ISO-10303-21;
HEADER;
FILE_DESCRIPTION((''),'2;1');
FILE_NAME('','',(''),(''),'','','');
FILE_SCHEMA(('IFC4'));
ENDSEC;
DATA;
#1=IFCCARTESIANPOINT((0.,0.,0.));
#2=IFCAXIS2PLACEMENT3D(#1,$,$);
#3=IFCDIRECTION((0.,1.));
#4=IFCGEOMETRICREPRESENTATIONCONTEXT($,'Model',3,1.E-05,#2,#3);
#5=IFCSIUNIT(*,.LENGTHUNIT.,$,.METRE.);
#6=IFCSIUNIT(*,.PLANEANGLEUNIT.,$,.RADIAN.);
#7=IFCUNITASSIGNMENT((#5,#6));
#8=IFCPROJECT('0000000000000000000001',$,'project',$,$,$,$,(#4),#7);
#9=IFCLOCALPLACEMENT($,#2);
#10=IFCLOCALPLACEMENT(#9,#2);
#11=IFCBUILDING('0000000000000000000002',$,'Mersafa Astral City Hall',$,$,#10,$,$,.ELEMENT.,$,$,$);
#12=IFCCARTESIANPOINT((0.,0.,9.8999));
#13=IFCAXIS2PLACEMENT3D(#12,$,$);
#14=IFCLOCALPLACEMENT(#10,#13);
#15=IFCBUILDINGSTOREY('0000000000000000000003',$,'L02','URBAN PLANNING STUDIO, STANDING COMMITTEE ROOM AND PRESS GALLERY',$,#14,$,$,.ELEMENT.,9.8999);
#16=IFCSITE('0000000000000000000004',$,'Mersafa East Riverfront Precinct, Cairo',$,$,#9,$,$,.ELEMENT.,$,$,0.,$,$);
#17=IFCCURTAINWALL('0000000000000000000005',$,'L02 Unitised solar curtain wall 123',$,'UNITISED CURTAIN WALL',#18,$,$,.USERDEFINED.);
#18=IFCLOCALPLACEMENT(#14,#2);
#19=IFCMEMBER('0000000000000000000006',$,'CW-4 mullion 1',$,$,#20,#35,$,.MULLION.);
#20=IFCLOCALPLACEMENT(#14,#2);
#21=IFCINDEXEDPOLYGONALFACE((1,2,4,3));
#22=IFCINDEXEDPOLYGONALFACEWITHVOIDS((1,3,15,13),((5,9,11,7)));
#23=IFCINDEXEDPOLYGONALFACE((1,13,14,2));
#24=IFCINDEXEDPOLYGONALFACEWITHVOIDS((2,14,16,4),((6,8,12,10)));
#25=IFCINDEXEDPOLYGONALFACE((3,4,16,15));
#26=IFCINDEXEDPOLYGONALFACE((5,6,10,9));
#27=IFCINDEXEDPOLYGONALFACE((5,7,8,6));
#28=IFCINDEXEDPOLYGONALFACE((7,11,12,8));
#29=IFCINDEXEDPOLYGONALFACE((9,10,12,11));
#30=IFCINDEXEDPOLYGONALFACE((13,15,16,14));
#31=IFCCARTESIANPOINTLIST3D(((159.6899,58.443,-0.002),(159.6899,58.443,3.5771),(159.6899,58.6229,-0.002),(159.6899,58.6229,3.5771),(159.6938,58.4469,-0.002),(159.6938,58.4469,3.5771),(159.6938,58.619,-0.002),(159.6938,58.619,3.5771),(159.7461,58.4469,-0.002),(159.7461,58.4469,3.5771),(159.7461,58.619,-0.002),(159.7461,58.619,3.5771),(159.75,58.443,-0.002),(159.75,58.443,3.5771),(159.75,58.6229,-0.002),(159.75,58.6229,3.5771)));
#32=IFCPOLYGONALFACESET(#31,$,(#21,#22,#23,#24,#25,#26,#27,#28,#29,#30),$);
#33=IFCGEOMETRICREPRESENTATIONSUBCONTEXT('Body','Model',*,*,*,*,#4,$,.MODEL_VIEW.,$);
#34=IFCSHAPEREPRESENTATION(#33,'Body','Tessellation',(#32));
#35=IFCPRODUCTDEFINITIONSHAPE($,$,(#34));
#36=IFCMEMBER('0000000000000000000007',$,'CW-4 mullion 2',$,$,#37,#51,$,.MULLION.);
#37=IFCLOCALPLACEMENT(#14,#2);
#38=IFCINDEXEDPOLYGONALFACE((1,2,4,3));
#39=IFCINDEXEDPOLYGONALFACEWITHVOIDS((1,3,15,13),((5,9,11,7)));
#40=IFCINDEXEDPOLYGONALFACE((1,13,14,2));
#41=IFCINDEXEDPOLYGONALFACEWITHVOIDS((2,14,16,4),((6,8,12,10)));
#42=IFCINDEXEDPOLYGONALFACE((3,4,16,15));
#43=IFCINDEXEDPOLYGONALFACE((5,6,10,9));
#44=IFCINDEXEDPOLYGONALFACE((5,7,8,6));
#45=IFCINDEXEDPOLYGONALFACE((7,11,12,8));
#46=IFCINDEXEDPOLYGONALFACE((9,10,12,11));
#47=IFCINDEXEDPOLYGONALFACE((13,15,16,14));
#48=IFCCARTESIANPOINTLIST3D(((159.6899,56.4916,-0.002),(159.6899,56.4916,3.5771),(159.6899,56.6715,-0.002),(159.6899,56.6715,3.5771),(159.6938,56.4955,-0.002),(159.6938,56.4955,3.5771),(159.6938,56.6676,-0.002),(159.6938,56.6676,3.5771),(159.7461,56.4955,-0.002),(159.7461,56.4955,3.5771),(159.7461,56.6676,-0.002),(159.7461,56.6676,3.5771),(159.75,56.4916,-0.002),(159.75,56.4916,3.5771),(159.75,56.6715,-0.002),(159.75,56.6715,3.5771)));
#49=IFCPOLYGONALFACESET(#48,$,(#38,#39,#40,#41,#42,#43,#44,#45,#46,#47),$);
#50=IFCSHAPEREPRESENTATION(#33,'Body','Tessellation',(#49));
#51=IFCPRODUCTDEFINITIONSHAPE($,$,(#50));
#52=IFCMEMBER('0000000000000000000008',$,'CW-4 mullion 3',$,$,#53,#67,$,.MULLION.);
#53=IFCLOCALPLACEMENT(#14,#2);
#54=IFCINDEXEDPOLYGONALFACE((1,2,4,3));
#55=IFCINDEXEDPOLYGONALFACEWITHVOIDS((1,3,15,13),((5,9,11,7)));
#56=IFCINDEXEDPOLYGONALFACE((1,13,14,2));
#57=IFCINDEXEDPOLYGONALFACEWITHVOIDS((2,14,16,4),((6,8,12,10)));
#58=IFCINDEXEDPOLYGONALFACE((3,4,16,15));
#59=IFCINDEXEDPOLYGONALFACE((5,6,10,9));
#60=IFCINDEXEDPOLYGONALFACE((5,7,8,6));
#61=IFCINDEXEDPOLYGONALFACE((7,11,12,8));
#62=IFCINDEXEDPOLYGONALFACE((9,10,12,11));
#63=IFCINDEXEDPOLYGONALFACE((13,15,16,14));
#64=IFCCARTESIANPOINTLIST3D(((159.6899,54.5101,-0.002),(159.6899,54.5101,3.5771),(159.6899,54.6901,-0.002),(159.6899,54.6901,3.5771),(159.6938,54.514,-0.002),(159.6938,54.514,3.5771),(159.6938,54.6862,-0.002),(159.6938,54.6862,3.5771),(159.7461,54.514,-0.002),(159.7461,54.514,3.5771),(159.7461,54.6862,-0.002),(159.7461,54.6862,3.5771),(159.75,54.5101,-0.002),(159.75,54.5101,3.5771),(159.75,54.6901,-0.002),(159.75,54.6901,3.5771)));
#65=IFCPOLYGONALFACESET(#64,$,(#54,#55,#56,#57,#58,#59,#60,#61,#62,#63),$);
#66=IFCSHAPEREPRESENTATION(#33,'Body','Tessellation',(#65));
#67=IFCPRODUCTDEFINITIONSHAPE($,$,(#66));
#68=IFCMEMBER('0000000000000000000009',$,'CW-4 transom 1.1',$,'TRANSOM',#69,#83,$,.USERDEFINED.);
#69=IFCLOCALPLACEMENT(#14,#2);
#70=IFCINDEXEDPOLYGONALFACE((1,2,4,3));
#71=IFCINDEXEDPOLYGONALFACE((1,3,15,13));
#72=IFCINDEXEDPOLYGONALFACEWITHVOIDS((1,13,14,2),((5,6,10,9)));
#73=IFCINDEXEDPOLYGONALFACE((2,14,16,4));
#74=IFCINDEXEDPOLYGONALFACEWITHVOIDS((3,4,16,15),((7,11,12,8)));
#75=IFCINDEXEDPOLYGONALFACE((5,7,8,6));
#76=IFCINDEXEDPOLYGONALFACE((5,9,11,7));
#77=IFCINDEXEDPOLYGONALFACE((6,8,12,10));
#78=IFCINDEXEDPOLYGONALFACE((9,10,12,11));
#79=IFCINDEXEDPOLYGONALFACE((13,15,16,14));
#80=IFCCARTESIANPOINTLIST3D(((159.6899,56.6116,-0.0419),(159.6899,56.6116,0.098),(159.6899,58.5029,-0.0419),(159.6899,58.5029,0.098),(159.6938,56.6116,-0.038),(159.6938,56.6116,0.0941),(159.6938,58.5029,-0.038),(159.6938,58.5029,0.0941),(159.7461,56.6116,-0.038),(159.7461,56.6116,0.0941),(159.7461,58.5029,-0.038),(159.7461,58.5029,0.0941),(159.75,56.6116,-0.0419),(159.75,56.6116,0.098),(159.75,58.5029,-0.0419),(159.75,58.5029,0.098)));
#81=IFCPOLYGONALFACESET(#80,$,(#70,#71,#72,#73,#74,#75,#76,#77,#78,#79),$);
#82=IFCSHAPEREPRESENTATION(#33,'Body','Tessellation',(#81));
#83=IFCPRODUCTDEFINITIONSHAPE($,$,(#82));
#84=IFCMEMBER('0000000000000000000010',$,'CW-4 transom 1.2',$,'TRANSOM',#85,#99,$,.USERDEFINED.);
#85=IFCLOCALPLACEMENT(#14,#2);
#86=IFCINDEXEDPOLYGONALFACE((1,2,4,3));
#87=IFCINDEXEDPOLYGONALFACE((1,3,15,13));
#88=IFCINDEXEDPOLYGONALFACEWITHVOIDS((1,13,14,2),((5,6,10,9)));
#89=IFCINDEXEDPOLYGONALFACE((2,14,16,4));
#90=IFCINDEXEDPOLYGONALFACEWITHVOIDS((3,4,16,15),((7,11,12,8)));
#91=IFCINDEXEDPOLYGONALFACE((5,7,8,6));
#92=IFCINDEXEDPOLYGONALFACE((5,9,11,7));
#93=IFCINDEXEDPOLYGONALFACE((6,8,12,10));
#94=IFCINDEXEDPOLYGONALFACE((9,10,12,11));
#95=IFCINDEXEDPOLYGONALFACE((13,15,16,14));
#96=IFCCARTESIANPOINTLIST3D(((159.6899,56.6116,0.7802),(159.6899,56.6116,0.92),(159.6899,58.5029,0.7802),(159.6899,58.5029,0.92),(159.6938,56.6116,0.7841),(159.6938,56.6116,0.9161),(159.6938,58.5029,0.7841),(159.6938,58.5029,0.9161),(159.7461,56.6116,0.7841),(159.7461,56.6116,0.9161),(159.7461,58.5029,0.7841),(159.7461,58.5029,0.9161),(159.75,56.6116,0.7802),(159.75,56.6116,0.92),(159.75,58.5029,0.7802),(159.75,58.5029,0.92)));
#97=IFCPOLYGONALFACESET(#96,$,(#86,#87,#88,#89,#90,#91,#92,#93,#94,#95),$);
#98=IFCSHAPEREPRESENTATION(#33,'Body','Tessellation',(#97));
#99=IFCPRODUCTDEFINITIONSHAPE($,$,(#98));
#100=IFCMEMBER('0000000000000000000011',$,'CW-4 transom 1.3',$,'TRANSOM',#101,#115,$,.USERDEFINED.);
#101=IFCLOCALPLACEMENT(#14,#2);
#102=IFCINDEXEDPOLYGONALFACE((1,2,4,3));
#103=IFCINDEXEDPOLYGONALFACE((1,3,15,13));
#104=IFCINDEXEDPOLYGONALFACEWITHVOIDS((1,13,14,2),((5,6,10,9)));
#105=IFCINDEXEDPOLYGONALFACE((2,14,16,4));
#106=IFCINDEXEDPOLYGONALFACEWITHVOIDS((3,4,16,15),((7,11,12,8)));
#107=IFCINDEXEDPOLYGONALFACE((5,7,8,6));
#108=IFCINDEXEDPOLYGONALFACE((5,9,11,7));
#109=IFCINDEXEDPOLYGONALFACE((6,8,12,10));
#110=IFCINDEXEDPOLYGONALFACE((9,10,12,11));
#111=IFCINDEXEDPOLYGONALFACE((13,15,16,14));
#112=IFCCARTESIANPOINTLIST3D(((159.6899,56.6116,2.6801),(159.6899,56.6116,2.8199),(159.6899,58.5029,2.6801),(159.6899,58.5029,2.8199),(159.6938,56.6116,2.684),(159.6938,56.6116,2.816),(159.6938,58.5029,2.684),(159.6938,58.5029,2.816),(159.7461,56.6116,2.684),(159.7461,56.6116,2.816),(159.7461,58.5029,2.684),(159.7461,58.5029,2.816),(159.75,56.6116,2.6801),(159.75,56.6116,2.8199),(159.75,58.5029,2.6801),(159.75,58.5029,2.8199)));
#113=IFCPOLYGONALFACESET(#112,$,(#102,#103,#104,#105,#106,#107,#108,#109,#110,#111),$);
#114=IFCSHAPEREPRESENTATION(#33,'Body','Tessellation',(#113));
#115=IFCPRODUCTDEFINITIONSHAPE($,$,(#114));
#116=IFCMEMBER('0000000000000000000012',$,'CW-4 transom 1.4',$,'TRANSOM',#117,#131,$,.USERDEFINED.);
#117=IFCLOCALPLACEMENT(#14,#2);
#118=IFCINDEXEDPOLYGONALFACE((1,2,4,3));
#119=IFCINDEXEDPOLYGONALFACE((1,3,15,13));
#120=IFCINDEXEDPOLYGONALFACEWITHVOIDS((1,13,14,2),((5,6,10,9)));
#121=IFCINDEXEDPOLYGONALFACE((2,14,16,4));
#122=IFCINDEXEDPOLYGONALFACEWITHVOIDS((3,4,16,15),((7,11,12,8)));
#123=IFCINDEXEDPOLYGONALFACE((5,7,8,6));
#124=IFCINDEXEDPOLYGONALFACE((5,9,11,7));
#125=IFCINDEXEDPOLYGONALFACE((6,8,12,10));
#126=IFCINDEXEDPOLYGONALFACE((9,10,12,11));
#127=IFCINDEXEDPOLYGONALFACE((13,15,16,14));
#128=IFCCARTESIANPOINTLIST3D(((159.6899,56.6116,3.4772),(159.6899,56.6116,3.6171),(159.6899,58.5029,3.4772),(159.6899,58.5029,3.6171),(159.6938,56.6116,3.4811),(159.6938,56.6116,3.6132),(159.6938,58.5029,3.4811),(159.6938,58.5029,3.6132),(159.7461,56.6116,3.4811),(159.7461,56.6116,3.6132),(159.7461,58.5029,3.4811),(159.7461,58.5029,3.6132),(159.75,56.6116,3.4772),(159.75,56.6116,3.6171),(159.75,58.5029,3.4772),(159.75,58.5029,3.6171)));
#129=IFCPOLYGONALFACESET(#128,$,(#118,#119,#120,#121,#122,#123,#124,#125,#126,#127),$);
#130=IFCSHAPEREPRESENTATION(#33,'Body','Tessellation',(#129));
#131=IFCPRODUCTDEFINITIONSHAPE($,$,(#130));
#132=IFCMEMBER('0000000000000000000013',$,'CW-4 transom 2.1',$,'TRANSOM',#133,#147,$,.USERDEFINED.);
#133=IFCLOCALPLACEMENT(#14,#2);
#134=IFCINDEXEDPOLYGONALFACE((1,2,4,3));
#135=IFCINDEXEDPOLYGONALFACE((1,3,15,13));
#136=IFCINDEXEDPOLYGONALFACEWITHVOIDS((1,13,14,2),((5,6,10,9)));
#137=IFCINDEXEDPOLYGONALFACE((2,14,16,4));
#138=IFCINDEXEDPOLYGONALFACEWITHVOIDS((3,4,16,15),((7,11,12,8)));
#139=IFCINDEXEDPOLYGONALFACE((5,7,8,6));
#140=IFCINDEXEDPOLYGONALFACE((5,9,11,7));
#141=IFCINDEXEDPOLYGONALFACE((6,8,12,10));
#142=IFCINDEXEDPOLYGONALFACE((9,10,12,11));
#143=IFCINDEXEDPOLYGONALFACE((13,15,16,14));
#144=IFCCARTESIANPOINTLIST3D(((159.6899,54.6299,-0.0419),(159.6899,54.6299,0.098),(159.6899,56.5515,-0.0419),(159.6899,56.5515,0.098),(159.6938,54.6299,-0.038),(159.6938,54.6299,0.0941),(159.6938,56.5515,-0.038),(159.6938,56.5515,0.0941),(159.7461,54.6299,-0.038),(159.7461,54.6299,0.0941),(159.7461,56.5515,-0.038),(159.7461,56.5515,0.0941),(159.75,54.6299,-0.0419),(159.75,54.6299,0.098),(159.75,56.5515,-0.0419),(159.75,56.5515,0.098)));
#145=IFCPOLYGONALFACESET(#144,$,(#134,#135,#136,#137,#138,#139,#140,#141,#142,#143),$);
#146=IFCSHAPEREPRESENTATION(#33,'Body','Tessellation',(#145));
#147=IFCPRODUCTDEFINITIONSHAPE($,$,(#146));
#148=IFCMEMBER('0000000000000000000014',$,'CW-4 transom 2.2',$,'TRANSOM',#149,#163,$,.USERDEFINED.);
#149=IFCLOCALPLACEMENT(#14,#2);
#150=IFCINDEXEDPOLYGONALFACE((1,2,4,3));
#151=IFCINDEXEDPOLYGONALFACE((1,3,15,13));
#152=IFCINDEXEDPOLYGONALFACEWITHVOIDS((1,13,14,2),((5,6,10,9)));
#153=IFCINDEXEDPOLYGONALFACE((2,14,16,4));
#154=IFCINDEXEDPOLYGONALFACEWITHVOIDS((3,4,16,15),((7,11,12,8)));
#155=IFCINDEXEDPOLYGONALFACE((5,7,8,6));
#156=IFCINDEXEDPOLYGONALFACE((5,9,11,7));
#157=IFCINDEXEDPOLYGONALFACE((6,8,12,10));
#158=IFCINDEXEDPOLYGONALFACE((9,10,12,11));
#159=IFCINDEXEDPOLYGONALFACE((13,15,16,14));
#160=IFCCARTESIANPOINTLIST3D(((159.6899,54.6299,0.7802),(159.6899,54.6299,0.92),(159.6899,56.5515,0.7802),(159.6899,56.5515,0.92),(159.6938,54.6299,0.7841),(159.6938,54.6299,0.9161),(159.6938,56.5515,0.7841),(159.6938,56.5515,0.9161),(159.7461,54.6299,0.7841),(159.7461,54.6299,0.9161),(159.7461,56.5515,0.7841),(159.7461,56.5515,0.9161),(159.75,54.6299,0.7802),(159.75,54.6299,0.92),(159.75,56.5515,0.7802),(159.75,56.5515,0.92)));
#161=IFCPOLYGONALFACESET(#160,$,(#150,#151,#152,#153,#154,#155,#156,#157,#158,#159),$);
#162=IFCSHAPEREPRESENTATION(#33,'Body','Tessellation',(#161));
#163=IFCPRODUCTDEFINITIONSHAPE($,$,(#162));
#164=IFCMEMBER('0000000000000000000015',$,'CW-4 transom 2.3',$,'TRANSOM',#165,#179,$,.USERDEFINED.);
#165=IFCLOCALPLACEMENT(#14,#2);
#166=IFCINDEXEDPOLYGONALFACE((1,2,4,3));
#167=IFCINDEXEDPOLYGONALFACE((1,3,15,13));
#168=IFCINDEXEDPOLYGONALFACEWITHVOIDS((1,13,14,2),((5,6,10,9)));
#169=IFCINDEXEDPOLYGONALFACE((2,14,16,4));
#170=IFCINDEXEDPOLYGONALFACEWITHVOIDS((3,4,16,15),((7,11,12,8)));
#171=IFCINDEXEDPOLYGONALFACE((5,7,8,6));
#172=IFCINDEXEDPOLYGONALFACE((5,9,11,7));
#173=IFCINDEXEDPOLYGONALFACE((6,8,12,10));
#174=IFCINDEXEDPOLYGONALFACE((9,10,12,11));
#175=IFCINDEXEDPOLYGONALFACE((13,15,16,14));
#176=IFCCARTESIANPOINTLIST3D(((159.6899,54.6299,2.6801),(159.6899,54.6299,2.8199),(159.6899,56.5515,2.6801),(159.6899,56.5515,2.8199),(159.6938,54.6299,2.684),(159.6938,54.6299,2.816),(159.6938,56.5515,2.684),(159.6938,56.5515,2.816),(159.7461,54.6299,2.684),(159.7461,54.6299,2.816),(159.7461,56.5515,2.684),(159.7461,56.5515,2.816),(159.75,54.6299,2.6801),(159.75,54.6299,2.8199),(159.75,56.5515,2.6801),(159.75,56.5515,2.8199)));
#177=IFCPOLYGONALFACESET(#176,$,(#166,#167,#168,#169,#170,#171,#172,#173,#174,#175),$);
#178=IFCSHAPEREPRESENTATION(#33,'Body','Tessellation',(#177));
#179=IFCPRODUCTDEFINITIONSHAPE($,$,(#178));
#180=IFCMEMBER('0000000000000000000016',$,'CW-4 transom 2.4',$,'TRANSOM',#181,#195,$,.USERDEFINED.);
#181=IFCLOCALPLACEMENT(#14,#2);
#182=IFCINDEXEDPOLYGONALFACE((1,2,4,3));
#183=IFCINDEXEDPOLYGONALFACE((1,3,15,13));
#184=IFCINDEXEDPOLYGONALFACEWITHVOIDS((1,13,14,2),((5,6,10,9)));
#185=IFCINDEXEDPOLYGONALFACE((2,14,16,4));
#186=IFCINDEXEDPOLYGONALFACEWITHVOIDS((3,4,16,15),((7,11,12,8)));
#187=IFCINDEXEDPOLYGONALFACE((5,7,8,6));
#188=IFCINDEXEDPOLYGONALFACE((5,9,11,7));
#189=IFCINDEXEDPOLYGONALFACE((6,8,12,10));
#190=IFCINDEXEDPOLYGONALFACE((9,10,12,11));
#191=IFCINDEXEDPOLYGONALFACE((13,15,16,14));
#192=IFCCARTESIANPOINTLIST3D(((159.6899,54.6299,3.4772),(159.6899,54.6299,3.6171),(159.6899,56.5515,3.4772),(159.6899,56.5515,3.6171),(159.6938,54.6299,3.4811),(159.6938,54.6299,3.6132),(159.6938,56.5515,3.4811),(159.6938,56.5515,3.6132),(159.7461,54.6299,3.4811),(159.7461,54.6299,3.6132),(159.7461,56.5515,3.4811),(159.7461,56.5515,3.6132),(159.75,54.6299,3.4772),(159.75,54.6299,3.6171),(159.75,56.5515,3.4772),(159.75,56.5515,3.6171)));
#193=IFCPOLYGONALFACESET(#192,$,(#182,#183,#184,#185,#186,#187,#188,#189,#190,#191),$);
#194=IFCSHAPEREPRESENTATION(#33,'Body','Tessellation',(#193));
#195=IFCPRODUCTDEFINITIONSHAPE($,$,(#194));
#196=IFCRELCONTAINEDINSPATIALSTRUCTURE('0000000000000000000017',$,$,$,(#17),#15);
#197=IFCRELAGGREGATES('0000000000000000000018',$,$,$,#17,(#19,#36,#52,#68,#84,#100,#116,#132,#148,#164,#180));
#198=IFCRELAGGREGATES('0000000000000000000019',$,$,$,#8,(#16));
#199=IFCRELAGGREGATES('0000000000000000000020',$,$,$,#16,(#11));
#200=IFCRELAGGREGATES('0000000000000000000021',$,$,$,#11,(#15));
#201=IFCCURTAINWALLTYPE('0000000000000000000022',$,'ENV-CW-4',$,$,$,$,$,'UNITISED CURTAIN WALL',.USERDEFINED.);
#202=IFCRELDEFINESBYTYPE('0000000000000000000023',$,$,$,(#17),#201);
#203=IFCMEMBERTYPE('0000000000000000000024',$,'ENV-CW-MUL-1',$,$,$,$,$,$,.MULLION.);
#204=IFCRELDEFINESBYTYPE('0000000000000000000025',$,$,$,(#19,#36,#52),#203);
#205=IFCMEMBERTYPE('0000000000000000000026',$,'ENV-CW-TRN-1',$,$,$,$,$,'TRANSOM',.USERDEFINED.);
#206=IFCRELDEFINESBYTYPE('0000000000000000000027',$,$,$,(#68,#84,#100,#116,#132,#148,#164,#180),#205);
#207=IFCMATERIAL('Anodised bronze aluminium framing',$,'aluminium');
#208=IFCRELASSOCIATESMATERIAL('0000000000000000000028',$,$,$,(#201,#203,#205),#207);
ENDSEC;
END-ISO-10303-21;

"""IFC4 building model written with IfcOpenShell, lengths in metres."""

from ifc_helpers import new_model, si_unit, direction, frame, origin, origin_2d, place, context, subcontext, project, spatial, hollow_rectangle, extrude, material, material_profile, profile_set, type_object, element, aggregate, save


model = new_model("IFC4")

# Units and contexts
model_context = context("Model", 3, precision=1e-05, world=origin(), true_north=direction((0.0, 1.0)))
body_context = subcontext(model_context, "Body", "Model", "MODEL_VIEW")
ifc_project = project(units=[si_unit("LENGTHUNIT", "METRE"), si_unit("PLANEANGLEUNIT", "RADIAN")], contexts=[model_context])

# Site, building, storey
site_placement = place(None, origin())
site = spatial("IfcSite", under=ifc_project, at=site_placement, Name="Mersafa East Riverfront Precinct, Cairo", CompositionType="ELEMENT", RefElevation=0.0)
building_placement = place(site_placement, origin())
building = spatial("IfcBuilding", under=site, at=building_placement, Name="Mersafa Astral City Hall", CompositionType="ELEMENT")
storey_placement = place(building_placement, frame((0.0, 0.0, 9.8999)))
storey = spatial("IfcBuildingStorey", under=building, at=storey_placement, Name="L02", Description="URBAN PLANNING STUDIO, STANDING COMMITTEE ROOM AND PRESS GALLERY", CompositionType="ELEMENT", Elevation=9.8999)

# Curtain wall, members
ifc_material_1 = material(Name="Anodised bronze aluminium framing", Category="aluminium")
curtain_wall_type = type_object("IfcCurtainWallType", Name="ENV-CW-4", ElementType="UNITISED CURTAIN WALL", PredefinedType="USERDEFINED", material=ifc_material_1)
curtain_wall_placement = place(storey_placement, origin())
curtain_wall = element("IfcCurtainWall", 1, at=curtain_wall_placement, inside=storey, type_object=curtain_wall_type, Name="L02 Unitised solar curtain wall 123", ObjectType="UNITISED CURTAIN WALL", PredefinedType="USERDEFINED")
ifc_material_profile_1 = material_profile(ifc_material_1, hollow_rectangle(XDim=0.0601, YDim=0.1799, WallThickness=0.0039, at=origin_2d()), Name="RHS 60x180x4")
ifc_profile_set_1 = profile_set([ifc_material_profile_1], Name="Anodised bronze aluminium framing")
member_type_1 = type_object("IfcMemberType", Name="ENV-CW-MUL-1", PredefinedType="MULLION", material=ifc_profile_set_1)
member_1_placement = place(storey_placement, frame((159.72, 58.533, -0.002), z_axis=(0.0, 0.0, 1.0), x_axis=(1.0, 0.0, 0.0)))
member_1 = element("IfcMember", 2, at=member_1_placement, type_object=member_type_1, Name="CW-4 mullion 1", PredefinedType="MULLION", context=body_context, shape_type="SweptSolid", body=[
    extrude(hollow_rectangle(XDim=0.0601, YDim=0.1799, WallThickness=0.0039, at=origin_2d()), origin(), (0.0, 0.0, 1.0), 3.5791),
])
member_2_placement = place(storey_placement, frame((159.72, 56.5815, -0.002), z_axis=(0.0, 0.0, 1.0), x_axis=(1.0, 0.0, 0.0)))
member_2 = element("IfcMember", 3, at=member_2_placement, type_object=member_type_1, Name="CW-4 mullion 2", PredefinedType="MULLION", context=body_context, shape_type="SweptSolid", body=[
    extrude(hollow_rectangle(XDim=0.0601, YDim=0.1799, WallThickness=0.0039, at=origin_2d()), origin(), (0.0, 0.0, 1.0), 3.5791),
])
member_3_placement = place(storey_placement, frame((159.72, 54.6001, -0.002), z_axis=(0.0, 0.0, 1.0), x_axis=(1.0, 0.0, 0.0)))
member_3 = element("IfcMember", 4, at=member_3_placement, type_object=member_type_1, Name="CW-4 mullion 3", PredefinedType="MULLION", context=body_context, shape_type="SweptSolid", body=[
    extrude(hollow_rectangle(XDim=0.0601, YDim=0.1799, WallThickness=0.0039, at=origin_2d()), origin(), (0.0, 0.0, 1.0), 3.5791),
])
ifc_material_profile_2 = material_profile(ifc_material_1, hollow_rectangle(XDim=0.0601, YDim=0.1399, WallThickness=0.0039, at=origin_2d()), Name="RHS 60x140x4")
ifc_profile_set_2 = profile_set([ifc_material_profile_2], Name="Anodised bronze aluminium framing")
member_type_2 = type_object("IfcMemberType", Name="ENV-CW-TRN-1", ElementType="TRANSOM", PredefinedType="USERDEFINED", material=ifc_profile_set_2)
member_4_placement = place(storey_placement, frame((159.72, 58.5029, 0.0281), z_axis=(0.0, -1.0, 0.0), x_axis=(1.0, 0.0, 0.0)))
member_4 = element("IfcMember", 5, at=member_4_placement, type_object=member_type_2, Name="CW-4 transom 1.1", ObjectType="TRANSOM", PredefinedType="USERDEFINED", context=body_context, shape_type="SweptSolid", body=[
    extrude(hollow_rectangle(XDim=0.0601, YDim=0.1399, WallThickness=0.0039, at=origin_2d()), origin(), (0.0, 0.0, 1.0), 1.8914),
])
member_5_placement = place(storey_placement, frame((159.72, 58.5029, 0.8501), z_axis=(0.0, -1.0, 0.0), x_axis=(1.0, 0.0, 0.0)))
member_5 = element("IfcMember", 6, at=member_5_placement, type_object=member_type_2, Name="CW-4 transom 1.2", ObjectType="TRANSOM", PredefinedType="USERDEFINED", context=body_context, shape_type="SweptSolid", body=[
    extrude(hollow_rectangle(XDim=0.0601, YDim=0.1399, WallThickness=0.0039, at=origin_2d()), origin(), (0.0, 0.0, 1.0), 1.8914),
])
member_6_placement = place(storey_placement, frame((159.72, 58.5029, 2.75), z_axis=(0.0, -1.0, 0.0), x_axis=(1.0, 0.0, 0.0)))
member_6 = element("IfcMember", 7, at=member_6_placement, type_object=member_type_2, Name="CW-4 transom 1.3", ObjectType="TRANSOM", PredefinedType="USERDEFINED", context=body_context, shape_type="SweptSolid", body=[
    extrude(hollow_rectangle(XDim=0.0601, YDim=0.1399, WallThickness=0.0039, at=origin_2d()), origin(), (0.0, 0.0, 1.0), 1.8914),
])
member_7_placement = place(storey_placement, frame((159.72, 58.5029, 3.5471), z_axis=(0.0, -1.0, 0.0), x_axis=(1.0, 0.0, 0.0)))
member_7 = element("IfcMember", 8, at=member_7_placement, type_object=member_type_2, Name="CW-4 transom 1.4", ObjectType="TRANSOM", PredefinedType="USERDEFINED", context=body_context, shape_type="SweptSolid", body=[
    extrude(hollow_rectangle(XDim=0.0601, YDim=0.1399, WallThickness=0.0039, at=origin_2d()), origin(), (0.0, 0.0, 1.0), 1.8914),
])
member_8_placement = place(storey_placement, frame((159.72, 56.5515, 0.0281), z_axis=(0.0, -1.0, 0.0), x_axis=(1.0, 0.0, 0.0)))
member_8 = element("IfcMember", 9, at=member_8_placement, type_object=member_type_2, Name="CW-4 transom 2.1", ObjectType="TRANSOM", PredefinedType="USERDEFINED", context=body_context, shape_type="SweptSolid", body=[
    extrude(hollow_rectangle(XDim=0.0601, YDim=0.1399, WallThickness=0.0039, at=origin_2d()), origin(), (0.0, 0.0, 1.0), 1.9216),
])
member_9_placement = place(storey_placement, frame((159.72, 56.5515, 0.8501), z_axis=(0.0, -1.0, 0.0), x_axis=(1.0, 0.0, 0.0)))
member_9 = element("IfcMember", 10, at=member_9_placement, type_object=member_type_2, Name="CW-4 transom 2.2", ObjectType="TRANSOM", PredefinedType="USERDEFINED", context=body_context, shape_type="SweptSolid", body=[
    extrude(hollow_rectangle(XDim=0.0601, YDim=0.1399, WallThickness=0.0039, at=origin_2d()), origin(), (0.0, 0.0, 1.0), 1.9216),
])
member_10_placement = place(storey_placement, frame((159.72, 56.5515, 2.75), z_axis=(0.0, -1.0, 0.0), x_axis=(1.0, 0.0, 0.0)))
member_10 = element("IfcMember", 11, at=member_10_placement, type_object=member_type_2, Name="CW-4 transom 2.3", ObjectType="TRANSOM", PredefinedType="USERDEFINED", context=body_context, shape_type="SweptSolid", body=[
    extrude(hollow_rectangle(XDim=0.0601, YDim=0.1399, WallThickness=0.0039, at=origin_2d()), origin(), (0.0, 0.0, 1.0), 1.9216),
])
member_11_placement = place(storey_placement, frame((159.72, 56.5515, 3.5471), z_axis=(0.0, -1.0, 0.0), x_axis=(1.0, 0.0, 0.0)))
member_11 = element("IfcMember", 12, at=member_11_placement, type_object=member_type_2, Name="CW-4 transom 2.4", ObjectType="TRANSOM", PredefinedType="USERDEFINED", context=body_context, shape_type="SweptSolid", body=[
    extrude(hollow_rectangle(XDim=0.0601, YDim=0.1399, WallThickness=0.0039, at=origin_2d()), origin(), (0.0, 0.0, 1.0), 1.9216),
])

aggregate(curtain_wall, [member_1, member_2, member_3, member_4, member_5, member_6, member_7, member_8, member_9, member_10, member_11])

save(model, "model.ifc")
